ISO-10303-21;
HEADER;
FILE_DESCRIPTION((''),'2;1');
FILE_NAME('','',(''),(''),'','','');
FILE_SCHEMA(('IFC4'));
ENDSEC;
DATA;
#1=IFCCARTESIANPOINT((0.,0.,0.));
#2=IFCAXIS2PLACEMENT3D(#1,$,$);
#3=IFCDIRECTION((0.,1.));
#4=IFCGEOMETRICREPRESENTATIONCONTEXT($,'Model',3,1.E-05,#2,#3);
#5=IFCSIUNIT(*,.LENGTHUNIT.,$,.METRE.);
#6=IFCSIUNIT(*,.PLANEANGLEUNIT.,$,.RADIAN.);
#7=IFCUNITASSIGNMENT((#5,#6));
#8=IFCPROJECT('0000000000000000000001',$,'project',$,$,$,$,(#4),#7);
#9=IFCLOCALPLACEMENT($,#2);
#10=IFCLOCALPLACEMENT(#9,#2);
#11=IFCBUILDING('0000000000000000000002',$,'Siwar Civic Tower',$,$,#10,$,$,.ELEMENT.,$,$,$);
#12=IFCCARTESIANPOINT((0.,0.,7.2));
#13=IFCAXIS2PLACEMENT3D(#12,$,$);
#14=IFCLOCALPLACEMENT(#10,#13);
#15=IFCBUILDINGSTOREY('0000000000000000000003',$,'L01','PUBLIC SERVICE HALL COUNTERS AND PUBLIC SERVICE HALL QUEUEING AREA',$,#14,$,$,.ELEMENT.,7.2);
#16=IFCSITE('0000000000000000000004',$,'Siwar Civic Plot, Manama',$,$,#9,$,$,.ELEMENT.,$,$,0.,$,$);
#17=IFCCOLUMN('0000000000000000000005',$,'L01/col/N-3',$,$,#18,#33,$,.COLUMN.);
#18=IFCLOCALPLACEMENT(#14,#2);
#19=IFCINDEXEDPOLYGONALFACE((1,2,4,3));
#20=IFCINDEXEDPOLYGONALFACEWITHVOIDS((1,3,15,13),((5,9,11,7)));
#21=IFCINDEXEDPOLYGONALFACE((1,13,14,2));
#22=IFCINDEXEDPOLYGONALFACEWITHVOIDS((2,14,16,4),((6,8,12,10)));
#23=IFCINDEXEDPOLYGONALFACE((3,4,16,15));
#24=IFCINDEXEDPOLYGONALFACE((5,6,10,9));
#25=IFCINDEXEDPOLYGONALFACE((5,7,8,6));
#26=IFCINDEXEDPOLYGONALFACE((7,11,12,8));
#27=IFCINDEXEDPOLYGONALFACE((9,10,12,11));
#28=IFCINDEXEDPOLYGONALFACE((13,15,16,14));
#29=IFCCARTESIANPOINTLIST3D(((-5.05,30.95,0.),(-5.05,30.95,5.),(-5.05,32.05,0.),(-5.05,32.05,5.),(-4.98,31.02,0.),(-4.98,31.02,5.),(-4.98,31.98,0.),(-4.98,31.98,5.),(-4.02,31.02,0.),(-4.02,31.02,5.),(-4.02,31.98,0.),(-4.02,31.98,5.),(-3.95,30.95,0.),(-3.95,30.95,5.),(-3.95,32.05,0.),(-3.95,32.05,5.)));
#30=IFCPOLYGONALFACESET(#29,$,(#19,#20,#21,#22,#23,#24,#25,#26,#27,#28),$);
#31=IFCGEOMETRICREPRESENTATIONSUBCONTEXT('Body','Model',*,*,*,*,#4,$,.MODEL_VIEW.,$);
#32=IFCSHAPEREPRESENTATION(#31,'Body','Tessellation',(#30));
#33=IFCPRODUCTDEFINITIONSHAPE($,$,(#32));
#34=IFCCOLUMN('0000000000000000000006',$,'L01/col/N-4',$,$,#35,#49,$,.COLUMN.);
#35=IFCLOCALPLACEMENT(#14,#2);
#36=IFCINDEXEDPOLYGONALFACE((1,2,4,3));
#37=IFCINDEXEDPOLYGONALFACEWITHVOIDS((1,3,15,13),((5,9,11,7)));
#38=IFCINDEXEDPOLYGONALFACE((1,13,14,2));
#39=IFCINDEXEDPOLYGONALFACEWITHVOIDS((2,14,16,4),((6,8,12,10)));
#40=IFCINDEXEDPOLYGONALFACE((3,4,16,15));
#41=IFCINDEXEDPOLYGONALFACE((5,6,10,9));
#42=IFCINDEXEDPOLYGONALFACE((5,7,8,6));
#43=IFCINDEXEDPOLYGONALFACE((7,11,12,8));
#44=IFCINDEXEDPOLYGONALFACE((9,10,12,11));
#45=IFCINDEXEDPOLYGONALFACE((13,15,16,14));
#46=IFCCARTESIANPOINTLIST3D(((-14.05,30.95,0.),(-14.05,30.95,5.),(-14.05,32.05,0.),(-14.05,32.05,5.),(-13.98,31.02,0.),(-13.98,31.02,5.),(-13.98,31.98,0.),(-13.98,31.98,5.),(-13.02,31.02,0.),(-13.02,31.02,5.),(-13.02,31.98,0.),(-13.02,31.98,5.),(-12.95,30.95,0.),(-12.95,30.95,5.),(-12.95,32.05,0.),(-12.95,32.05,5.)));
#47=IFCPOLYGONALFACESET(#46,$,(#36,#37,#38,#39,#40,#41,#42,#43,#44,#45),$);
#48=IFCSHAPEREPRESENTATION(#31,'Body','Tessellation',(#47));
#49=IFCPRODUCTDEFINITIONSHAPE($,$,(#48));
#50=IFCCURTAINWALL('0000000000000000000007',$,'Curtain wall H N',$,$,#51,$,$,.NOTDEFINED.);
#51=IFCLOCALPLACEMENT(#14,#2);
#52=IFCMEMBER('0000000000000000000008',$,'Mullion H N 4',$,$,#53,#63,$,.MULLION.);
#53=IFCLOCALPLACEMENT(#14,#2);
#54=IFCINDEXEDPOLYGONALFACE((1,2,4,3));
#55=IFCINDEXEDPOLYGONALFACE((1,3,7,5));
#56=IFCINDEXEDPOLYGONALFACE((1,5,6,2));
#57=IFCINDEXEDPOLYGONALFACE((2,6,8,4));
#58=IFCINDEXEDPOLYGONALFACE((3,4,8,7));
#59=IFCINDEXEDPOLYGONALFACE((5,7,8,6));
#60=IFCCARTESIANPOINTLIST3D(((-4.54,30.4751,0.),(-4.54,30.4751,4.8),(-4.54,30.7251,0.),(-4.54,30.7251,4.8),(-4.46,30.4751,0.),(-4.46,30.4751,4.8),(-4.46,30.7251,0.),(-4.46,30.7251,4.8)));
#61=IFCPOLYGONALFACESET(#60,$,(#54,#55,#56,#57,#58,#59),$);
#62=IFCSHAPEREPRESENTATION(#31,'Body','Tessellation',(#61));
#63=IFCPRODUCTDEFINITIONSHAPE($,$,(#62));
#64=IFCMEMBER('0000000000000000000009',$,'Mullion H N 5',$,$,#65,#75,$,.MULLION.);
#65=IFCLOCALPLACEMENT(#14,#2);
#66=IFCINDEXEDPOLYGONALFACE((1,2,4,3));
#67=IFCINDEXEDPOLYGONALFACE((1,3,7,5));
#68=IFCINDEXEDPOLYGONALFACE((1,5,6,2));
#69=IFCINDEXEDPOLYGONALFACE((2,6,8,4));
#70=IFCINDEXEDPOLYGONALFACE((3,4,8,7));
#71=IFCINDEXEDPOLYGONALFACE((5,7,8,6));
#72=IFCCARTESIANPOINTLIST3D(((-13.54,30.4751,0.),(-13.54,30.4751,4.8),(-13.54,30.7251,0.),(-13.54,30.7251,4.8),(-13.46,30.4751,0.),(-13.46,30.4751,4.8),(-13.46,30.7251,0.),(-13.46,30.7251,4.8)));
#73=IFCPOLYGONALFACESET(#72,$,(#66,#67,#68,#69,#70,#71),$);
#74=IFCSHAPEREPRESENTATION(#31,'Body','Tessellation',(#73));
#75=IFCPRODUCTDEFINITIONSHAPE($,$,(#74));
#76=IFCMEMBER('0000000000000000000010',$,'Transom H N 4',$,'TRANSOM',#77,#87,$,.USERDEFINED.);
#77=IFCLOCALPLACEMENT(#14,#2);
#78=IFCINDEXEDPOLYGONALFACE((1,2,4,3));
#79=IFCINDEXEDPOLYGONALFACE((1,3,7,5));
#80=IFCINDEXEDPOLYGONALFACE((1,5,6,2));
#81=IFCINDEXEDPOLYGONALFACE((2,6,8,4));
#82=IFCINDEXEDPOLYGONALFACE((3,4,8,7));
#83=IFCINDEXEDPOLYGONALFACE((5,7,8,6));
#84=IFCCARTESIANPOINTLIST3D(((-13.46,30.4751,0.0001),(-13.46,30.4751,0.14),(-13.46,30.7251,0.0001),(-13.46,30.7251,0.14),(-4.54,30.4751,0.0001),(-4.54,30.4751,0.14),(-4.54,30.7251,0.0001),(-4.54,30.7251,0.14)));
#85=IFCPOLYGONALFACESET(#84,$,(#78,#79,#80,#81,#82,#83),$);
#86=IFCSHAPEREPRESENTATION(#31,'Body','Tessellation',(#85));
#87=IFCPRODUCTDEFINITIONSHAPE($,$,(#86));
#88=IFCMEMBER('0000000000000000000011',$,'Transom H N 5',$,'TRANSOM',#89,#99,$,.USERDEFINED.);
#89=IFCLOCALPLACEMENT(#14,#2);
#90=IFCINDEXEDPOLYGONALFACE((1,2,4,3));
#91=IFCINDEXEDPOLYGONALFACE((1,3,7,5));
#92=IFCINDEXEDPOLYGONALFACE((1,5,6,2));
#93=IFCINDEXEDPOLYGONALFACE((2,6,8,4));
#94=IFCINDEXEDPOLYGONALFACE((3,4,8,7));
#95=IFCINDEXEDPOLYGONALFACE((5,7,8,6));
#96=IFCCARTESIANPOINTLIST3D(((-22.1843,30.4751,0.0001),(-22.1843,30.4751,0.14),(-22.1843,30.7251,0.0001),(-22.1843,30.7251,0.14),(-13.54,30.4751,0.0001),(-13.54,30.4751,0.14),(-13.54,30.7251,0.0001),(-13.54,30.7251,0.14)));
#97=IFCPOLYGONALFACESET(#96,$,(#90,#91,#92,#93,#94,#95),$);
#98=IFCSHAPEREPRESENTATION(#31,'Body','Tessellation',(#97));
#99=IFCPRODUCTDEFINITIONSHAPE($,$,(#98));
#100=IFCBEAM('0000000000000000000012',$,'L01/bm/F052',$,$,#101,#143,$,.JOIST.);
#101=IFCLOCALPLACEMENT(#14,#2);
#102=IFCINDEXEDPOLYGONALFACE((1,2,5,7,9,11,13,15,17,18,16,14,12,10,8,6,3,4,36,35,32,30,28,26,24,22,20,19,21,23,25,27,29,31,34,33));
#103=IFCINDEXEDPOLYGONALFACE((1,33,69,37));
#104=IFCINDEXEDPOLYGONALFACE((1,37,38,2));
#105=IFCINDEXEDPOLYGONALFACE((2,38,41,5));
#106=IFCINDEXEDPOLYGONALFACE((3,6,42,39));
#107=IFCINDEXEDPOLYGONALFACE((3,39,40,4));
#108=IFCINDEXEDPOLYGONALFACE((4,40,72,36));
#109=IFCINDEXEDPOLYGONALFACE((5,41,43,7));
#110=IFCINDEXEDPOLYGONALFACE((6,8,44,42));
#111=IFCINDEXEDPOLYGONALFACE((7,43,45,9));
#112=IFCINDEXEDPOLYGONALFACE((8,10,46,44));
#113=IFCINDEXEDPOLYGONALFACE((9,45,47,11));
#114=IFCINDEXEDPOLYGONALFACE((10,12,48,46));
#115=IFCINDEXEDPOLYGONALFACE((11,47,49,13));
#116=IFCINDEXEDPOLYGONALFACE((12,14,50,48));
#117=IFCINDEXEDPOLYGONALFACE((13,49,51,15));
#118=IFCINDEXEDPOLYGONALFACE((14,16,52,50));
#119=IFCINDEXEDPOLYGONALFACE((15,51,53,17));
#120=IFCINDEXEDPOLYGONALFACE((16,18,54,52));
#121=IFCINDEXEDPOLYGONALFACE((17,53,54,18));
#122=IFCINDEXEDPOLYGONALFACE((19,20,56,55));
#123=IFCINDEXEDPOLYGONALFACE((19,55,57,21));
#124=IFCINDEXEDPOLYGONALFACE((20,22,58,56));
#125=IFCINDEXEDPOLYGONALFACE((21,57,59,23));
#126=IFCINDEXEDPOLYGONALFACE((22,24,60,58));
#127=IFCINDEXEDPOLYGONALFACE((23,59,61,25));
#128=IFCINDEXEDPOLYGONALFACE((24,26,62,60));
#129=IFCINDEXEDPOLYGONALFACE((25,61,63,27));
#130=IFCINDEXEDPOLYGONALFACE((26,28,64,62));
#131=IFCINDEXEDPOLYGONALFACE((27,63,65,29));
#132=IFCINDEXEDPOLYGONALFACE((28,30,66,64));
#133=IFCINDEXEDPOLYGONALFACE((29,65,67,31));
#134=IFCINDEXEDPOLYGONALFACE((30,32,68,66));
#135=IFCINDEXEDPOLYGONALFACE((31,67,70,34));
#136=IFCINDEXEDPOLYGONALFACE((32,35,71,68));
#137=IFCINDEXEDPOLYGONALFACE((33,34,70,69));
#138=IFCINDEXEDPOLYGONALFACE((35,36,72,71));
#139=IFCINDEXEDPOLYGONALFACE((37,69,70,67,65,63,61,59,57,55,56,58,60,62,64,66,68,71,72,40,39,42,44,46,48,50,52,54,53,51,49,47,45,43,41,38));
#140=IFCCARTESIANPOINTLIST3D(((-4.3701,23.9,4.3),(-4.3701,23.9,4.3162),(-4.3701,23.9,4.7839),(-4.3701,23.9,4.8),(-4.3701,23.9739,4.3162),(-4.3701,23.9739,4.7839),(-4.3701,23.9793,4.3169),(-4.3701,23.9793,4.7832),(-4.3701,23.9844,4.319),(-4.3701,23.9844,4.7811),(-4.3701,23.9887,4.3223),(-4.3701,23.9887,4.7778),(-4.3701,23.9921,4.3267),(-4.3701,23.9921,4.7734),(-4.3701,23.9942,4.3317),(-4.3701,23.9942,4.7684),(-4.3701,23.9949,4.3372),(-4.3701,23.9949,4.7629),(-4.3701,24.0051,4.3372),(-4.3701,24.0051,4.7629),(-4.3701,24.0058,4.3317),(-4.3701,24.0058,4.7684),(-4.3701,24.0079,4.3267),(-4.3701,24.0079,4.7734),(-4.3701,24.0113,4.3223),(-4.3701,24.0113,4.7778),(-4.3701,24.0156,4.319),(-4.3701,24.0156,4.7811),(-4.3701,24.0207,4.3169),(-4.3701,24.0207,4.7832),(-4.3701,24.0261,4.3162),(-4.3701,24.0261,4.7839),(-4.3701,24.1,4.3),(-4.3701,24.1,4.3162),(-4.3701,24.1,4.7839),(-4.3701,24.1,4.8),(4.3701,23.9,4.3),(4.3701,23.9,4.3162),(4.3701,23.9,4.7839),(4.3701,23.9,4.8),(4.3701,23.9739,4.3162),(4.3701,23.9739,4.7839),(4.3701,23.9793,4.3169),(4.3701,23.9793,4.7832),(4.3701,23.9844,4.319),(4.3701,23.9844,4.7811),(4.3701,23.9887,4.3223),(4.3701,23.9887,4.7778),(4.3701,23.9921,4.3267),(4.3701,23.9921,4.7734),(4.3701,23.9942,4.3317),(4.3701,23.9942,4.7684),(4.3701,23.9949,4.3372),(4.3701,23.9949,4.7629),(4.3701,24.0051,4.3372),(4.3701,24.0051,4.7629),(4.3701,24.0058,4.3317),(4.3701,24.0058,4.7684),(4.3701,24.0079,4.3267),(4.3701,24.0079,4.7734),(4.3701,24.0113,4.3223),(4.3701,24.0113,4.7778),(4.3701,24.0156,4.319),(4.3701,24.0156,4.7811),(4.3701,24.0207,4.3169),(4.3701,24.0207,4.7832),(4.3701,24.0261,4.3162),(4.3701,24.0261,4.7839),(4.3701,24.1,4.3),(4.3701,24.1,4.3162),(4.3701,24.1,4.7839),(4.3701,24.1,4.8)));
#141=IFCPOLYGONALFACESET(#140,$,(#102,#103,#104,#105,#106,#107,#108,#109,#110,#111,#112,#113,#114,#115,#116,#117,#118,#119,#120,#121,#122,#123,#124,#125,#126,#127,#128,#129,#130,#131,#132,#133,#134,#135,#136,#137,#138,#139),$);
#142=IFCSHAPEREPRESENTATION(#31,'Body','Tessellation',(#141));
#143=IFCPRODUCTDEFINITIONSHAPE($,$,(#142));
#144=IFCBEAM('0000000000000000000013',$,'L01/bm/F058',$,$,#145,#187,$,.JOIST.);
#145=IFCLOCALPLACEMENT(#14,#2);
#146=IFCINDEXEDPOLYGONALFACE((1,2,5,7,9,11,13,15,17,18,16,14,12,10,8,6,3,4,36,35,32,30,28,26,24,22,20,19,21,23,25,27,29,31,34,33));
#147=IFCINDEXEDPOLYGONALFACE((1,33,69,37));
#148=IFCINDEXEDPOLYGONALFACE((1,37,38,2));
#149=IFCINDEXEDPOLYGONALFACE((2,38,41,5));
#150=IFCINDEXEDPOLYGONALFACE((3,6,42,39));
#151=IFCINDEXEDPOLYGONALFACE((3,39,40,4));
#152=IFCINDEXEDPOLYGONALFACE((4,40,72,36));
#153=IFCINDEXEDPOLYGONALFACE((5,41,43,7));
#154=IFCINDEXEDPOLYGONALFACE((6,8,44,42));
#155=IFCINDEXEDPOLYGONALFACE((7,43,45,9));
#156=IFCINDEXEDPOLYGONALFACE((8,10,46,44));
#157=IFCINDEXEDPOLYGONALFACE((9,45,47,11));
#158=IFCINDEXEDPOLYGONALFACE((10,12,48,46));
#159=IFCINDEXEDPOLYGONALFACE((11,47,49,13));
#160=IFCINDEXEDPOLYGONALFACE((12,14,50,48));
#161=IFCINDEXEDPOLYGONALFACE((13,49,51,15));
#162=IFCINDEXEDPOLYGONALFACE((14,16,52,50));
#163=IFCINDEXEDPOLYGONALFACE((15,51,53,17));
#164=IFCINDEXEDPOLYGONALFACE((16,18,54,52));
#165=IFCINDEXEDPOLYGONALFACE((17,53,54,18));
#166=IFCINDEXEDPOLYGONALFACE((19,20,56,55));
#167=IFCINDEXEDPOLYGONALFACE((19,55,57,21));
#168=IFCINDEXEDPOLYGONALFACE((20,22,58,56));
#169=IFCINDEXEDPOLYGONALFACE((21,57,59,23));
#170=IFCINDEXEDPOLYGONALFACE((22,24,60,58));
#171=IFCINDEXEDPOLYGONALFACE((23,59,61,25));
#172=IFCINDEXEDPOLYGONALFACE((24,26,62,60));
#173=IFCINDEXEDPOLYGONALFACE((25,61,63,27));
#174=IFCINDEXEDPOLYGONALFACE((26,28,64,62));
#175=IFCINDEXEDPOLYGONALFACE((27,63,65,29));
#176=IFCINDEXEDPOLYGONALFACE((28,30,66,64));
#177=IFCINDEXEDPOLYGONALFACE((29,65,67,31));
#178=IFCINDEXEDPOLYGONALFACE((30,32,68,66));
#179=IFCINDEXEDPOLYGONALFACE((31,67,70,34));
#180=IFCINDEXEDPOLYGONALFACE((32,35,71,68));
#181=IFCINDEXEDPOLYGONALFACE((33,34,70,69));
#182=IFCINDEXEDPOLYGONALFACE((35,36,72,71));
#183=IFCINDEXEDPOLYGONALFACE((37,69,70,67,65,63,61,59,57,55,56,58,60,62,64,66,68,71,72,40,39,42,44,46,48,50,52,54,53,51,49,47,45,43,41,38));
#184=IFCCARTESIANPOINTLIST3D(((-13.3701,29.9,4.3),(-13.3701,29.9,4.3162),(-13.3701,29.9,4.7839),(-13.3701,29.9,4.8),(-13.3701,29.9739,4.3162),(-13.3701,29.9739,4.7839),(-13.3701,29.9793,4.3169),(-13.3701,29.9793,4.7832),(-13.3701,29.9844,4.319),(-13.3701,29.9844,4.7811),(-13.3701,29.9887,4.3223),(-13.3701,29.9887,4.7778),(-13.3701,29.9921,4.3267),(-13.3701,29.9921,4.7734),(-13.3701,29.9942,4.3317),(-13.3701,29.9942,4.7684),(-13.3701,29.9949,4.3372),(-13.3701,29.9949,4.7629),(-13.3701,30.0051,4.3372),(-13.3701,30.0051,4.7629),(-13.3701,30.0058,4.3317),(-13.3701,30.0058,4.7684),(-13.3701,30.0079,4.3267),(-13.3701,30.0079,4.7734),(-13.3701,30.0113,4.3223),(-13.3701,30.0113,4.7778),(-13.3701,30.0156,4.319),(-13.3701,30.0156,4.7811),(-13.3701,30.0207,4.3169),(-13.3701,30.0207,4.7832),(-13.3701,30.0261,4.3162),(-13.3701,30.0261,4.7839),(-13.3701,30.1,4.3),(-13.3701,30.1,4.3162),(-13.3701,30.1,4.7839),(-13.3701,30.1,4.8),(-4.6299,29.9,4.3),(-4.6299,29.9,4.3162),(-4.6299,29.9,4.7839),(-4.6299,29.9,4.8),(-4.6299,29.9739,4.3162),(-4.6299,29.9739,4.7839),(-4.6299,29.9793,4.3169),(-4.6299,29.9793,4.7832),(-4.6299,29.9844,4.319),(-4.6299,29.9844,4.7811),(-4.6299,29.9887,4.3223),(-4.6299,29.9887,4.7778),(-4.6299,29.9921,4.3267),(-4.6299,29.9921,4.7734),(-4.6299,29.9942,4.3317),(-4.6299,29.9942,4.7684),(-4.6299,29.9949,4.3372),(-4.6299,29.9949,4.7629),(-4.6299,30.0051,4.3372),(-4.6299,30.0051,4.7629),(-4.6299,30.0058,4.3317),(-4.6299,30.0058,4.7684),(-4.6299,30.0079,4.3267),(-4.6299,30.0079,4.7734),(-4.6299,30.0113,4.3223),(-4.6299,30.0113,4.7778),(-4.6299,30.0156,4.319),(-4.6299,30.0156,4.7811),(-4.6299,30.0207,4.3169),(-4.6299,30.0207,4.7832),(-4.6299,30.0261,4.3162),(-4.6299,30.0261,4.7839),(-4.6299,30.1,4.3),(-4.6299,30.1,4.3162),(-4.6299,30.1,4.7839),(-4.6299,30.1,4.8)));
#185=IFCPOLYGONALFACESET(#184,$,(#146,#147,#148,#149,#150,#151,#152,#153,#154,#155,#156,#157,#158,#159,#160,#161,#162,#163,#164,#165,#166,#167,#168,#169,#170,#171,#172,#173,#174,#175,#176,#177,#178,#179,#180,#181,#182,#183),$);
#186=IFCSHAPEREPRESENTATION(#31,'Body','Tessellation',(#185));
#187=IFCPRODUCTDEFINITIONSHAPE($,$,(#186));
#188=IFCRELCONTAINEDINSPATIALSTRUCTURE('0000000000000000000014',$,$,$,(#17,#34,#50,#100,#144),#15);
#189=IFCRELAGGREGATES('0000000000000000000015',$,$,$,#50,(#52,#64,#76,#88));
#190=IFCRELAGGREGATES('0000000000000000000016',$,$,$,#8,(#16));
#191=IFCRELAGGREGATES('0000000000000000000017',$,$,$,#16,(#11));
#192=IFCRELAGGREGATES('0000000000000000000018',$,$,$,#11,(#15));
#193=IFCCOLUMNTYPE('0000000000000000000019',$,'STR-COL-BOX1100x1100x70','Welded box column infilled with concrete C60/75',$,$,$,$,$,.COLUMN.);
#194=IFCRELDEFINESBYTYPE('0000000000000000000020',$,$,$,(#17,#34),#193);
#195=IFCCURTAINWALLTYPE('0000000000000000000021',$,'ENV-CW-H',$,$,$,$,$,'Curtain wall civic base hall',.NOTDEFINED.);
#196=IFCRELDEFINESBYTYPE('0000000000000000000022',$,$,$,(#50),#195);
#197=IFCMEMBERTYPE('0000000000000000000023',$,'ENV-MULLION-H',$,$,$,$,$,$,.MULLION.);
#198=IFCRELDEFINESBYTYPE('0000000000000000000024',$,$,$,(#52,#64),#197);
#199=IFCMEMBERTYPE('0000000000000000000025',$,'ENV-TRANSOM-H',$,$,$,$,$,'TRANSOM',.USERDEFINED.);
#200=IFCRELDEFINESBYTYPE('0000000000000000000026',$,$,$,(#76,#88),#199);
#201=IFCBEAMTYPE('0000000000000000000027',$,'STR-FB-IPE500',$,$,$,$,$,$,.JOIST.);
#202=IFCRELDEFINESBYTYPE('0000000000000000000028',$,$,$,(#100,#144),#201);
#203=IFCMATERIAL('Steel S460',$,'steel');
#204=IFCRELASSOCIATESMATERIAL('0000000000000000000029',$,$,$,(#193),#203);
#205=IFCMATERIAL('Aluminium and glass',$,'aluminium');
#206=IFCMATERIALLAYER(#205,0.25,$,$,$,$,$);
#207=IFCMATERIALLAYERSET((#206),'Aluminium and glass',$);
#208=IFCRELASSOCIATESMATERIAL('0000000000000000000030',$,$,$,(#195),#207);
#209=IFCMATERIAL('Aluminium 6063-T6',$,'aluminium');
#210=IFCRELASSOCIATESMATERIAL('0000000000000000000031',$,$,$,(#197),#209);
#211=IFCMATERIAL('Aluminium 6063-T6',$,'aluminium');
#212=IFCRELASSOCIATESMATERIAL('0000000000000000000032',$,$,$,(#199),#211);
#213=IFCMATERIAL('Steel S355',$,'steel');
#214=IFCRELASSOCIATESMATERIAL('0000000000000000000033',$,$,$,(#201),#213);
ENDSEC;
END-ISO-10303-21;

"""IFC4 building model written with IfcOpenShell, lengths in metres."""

from ifc_helpers import new_model, si_unit, direction, frame, origin, origin_2d, place, context, subcontext, project, spatial, rectangle, hollow_rectangle, i_section, extrude, material, layer, layer_set, material_profile, profile_set, type_object, element, aggregate, save


model = new_model("IFC4")

# Units and contexts
model_context = context("Model", 3, precision=1e-05, world=origin(), true_north=direction((0.0, 1.0)))
body_context = subcontext(model_context, "Body", "Model", "MODEL_VIEW")
ifc_project = project(units=[si_unit("LENGTHUNIT", "METRE"), si_unit("PLANEANGLEUNIT", "RADIAN")], contexts=[model_context])

# Site, building, storey
site_placement = place(None, origin())
site = spatial("IfcSite", under=ifc_project, at=site_placement, Name="Siwar Civic Plot, Manama", CompositionType="ELEMENT", RefElevation=0.0)
building_placement = place(site_placement, origin())
building = spatial("IfcBuilding", under=site, at=building_placement, Name="Siwar Civic Tower", CompositionType="ELEMENT")
storey_placement = place(building_placement, frame((0.0, 0.0, 7.2)))
storey = spatial("IfcBuildingStorey", under=building, at=storey_placement, Name="L01", Description="PUBLIC SERVICE HALL COUNTERS AND PUBLIC SERVICE HALL QUEUEING AREA", CompositionType="ELEMENT", Elevation=7.2)

# Columns
ifc_material_1 = material(Name="Steel S460", Category="steel")
ifc_material_profile_1 = material_profile(ifc_material_1, hollow_rectangle(XDim=1.1001, YDim=1.1001, WallThickness=0.0701, at=origin_2d()), Name="BOX1100x1100x70")
ifc_profile_set_1 = profile_set([ifc_material_profile_1], Name="Steel S460")
column_type = type_object("IfcColumnType", Name="STR-COL-BOX1100x1100x70", Description="Welded box column infilled with concrete C60/75", PredefinedType="COLUMN", material=ifc_profile_set_1)
for number, where, z_axis, x_axis, name in (
    (1, (-4.5, 31.5, 0.0), (0.0, 0.0, 1.0), (1.0, 0.0, 0.0), "L01/col/N-3"),
    (2, (-13.5, 31.5, 0.0), (0.0, 0.0, 1.0), (1.0, 0.0, 0.0), "L01/col/N-4"),
):
    element("IfcColumn", number, at=place(storey_placement, frame(where, z_axis=z_axis, x_axis=x_axis)), inside=storey, type_object=column_type, Name=name, PredefinedType="COLUMN", context=body_context, shape_type="SweptSolid", body=[
        extrude(hollow_rectangle(XDim=1.1001, YDim=1.1001, WallThickness=0.0701, at=origin_2d()), origin(), (0.0, 0.0, 1.0), 5.0),
    ])

# Curtain wall, members
ifc_material_2 = material(Name="Aluminium and glass", Category="aluminium")
ifc_layer_1 = layer(ifc_material_2, 0.25)
ifc_layer_set_1 = layer_set([ifc_layer_1], Name="Aluminium and glass")
curtain_wall_type = type_object("IfcCurtainWallType", Name="ENV-CW-H", ElementType="Curtain wall civic base hall", PredefinedType="NOTDEFINED", material=ifc_layer_set_1)
curtain_wall_placement = place(storey_placement, origin())
curtain_wall = element("IfcCurtainWall", 3, at=curtain_wall_placement, inside=storey, type_object=curtain_wall_type, Name="Curtain wall H N", PredefinedType="NOTDEFINED")
ifc_material_3 = material(Name="Aluminium 6063-T6", Category="aluminium")
ifc_material_profile_2 = material_profile(ifc_material_3, rectangle(XDim=0.25, YDim=0.0801, at=origin_2d()), Name="AL 250x80")
ifc_profile_set_2 = profile_set([ifc_material_profile_2], Name="Aluminium 6063-T6")
member_type_1 = type_object("IfcMemberType", Name="ENV-MULLION-H", PredefinedType="MULLION", material=ifc_profile_set_2)
member_1_placement = place(storey_placement, frame((-4.5, 30.6001, 0.0), z_axis=(0.0, 0.0, 1.0), x_axis=(0.0, -1.0, 0.0)))
member_1 = element("IfcMember", 4, at=member_1_placement, type_object=member_type_1, Name="Mullion H N 4", PredefinedType="MULLION", context=body_context, shape_type="SweptSolid", body=[
    extrude(rectangle(XDim=0.25, YDim=0.0801, at=origin_2d()), origin(), (0.0, 0.0, 1.0), 4.8),
])
member_2_placement = place(storey_placement, frame((-13.5, 30.6001, 0.0), z_axis=(0.0, 0.0, 1.0), x_axis=(0.0, -1.0, 0.0)))
member_2 = element("IfcMember", 5, at=member_2_placement, type_object=member_type_1, Name="Mullion H N 5", PredefinedType="MULLION", context=body_context, shape_type="SweptSolid", body=[
    extrude(rectangle(XDim=0.25, YDim=0.0801, at=origin_2d()), origin(), (0.0, 0.0, 1.0), 4.8),
])
ifc_material_4 = material(Name="Aluminium 6063-T6", Category="aluminium")
ifc_material_profile_3 = material_profile(ifc_material_4, rectangle(XDim=0.25, YDim=0.1399, at=origin_2d()), Name="AL 250x140")
ifc_profile_set_3 = profile_set([ifc_material_profile_3], Name="Aluminium 6063-T6")
member_type_2 = type_object("IfcMemberType", Name="ENV-TRANSOM-H", ElementType="TRANSOM", PredefinedType="USERDEFINED", material=ifc_profile_set_3)
member_3_placement = place(storey_placement, frame((-4.54, 30.6001, 0.0701), z_axis=(-1.0, 0.0, 0.0), x_axis=(0.0, -1.0, 0.0)))
member_3 = element("IfcMember", 6, at=member_3_placement, type_object=member_type_2, Name="Transom H N 4", ObjectType="TRANSOM", PredefinedType="USERDEFINED", context=body_context, shape_type="SweptSolid", body=[
    extrude(rectangle(XDim=0.25, YDim=0.1399, at=origin_2d()), origin(), (0.0, 0.0, 1.0), 8.9199),
])
member_4_placement = place(storey_placement, frame((-13.54, 30.6001, 0.0701), z_axis=(-1.0, 0.0, 0.0), x_axis=(0.0, -1.0, 0.0)))
member_4 = element("IfcMember", 7, at=member_4_placement, type_object=member_type_2, Name="Transom H N 5", ObjectType="TRANSOM", PredefinedType="USERDEFINED", context=body_context, shape_type="SweptSolid", body=[
    extrude(rectangle(XDim=0.25, YDim=0.1399, at=origin_2d()), origin(), (0.0, 0.0, 1.0), 8.6443),
])

# Beams
ifc_material_5 = material(Name="Steel S355", Category="steel")
ifc_material_profile_4 = material_profile(ifc_material_5, i_section(OverallWidth=0.2, OverallDepth=0.5, WebThickness=0.0103, FlangeThickness=0.0161, FilletRadius=0.021, at=origin_2d()), Name="IPE500")
ifc_profile_set_4 = profile_set([ifc_material_profile_4], Name="Steel S355")
beam_type_1 = type_object("IfcBeamType", Name="STR-FB-IPE500", PredefinedType="JOIST", material=ifc_profile_set_4)
for number, where, z_axis, x_axis, name in (
    (8, (-4.3701, 24.0, 4.55), (1.0, 0.0, 0.0), (0.0, 1.0, 0.0), "L01/bm/F052"),
    (9, (-13.3701, 30.0, 4.55), (1.0, 0.0, 0.0), (0.0, 1.0, 0.0), "L01/bm/F058"),
):
    element("IfcBeam", number, at=place(storey_placement, frame(where, z_axis=z_axis, x_axis=x_axis)), inside=storey, type_object=beam_type_1, Name=name, PredefinedType="JOIST", context=body_context, shape_type="SweptSolid", body=[
        extrude(i_section(OverallWidth=0.2, OverallDepth=0.5, WebThickness=0.0103, FlangeThickness=0.0161, FilletRadius=0.021, at=origin_2d()), origin(), (0.0, 0.0, 1.0), 8.7402),
    ])

aggregate(curtain_wall, [member_1, member_2, member_3, member_4])

save(model, "model.ifc")
